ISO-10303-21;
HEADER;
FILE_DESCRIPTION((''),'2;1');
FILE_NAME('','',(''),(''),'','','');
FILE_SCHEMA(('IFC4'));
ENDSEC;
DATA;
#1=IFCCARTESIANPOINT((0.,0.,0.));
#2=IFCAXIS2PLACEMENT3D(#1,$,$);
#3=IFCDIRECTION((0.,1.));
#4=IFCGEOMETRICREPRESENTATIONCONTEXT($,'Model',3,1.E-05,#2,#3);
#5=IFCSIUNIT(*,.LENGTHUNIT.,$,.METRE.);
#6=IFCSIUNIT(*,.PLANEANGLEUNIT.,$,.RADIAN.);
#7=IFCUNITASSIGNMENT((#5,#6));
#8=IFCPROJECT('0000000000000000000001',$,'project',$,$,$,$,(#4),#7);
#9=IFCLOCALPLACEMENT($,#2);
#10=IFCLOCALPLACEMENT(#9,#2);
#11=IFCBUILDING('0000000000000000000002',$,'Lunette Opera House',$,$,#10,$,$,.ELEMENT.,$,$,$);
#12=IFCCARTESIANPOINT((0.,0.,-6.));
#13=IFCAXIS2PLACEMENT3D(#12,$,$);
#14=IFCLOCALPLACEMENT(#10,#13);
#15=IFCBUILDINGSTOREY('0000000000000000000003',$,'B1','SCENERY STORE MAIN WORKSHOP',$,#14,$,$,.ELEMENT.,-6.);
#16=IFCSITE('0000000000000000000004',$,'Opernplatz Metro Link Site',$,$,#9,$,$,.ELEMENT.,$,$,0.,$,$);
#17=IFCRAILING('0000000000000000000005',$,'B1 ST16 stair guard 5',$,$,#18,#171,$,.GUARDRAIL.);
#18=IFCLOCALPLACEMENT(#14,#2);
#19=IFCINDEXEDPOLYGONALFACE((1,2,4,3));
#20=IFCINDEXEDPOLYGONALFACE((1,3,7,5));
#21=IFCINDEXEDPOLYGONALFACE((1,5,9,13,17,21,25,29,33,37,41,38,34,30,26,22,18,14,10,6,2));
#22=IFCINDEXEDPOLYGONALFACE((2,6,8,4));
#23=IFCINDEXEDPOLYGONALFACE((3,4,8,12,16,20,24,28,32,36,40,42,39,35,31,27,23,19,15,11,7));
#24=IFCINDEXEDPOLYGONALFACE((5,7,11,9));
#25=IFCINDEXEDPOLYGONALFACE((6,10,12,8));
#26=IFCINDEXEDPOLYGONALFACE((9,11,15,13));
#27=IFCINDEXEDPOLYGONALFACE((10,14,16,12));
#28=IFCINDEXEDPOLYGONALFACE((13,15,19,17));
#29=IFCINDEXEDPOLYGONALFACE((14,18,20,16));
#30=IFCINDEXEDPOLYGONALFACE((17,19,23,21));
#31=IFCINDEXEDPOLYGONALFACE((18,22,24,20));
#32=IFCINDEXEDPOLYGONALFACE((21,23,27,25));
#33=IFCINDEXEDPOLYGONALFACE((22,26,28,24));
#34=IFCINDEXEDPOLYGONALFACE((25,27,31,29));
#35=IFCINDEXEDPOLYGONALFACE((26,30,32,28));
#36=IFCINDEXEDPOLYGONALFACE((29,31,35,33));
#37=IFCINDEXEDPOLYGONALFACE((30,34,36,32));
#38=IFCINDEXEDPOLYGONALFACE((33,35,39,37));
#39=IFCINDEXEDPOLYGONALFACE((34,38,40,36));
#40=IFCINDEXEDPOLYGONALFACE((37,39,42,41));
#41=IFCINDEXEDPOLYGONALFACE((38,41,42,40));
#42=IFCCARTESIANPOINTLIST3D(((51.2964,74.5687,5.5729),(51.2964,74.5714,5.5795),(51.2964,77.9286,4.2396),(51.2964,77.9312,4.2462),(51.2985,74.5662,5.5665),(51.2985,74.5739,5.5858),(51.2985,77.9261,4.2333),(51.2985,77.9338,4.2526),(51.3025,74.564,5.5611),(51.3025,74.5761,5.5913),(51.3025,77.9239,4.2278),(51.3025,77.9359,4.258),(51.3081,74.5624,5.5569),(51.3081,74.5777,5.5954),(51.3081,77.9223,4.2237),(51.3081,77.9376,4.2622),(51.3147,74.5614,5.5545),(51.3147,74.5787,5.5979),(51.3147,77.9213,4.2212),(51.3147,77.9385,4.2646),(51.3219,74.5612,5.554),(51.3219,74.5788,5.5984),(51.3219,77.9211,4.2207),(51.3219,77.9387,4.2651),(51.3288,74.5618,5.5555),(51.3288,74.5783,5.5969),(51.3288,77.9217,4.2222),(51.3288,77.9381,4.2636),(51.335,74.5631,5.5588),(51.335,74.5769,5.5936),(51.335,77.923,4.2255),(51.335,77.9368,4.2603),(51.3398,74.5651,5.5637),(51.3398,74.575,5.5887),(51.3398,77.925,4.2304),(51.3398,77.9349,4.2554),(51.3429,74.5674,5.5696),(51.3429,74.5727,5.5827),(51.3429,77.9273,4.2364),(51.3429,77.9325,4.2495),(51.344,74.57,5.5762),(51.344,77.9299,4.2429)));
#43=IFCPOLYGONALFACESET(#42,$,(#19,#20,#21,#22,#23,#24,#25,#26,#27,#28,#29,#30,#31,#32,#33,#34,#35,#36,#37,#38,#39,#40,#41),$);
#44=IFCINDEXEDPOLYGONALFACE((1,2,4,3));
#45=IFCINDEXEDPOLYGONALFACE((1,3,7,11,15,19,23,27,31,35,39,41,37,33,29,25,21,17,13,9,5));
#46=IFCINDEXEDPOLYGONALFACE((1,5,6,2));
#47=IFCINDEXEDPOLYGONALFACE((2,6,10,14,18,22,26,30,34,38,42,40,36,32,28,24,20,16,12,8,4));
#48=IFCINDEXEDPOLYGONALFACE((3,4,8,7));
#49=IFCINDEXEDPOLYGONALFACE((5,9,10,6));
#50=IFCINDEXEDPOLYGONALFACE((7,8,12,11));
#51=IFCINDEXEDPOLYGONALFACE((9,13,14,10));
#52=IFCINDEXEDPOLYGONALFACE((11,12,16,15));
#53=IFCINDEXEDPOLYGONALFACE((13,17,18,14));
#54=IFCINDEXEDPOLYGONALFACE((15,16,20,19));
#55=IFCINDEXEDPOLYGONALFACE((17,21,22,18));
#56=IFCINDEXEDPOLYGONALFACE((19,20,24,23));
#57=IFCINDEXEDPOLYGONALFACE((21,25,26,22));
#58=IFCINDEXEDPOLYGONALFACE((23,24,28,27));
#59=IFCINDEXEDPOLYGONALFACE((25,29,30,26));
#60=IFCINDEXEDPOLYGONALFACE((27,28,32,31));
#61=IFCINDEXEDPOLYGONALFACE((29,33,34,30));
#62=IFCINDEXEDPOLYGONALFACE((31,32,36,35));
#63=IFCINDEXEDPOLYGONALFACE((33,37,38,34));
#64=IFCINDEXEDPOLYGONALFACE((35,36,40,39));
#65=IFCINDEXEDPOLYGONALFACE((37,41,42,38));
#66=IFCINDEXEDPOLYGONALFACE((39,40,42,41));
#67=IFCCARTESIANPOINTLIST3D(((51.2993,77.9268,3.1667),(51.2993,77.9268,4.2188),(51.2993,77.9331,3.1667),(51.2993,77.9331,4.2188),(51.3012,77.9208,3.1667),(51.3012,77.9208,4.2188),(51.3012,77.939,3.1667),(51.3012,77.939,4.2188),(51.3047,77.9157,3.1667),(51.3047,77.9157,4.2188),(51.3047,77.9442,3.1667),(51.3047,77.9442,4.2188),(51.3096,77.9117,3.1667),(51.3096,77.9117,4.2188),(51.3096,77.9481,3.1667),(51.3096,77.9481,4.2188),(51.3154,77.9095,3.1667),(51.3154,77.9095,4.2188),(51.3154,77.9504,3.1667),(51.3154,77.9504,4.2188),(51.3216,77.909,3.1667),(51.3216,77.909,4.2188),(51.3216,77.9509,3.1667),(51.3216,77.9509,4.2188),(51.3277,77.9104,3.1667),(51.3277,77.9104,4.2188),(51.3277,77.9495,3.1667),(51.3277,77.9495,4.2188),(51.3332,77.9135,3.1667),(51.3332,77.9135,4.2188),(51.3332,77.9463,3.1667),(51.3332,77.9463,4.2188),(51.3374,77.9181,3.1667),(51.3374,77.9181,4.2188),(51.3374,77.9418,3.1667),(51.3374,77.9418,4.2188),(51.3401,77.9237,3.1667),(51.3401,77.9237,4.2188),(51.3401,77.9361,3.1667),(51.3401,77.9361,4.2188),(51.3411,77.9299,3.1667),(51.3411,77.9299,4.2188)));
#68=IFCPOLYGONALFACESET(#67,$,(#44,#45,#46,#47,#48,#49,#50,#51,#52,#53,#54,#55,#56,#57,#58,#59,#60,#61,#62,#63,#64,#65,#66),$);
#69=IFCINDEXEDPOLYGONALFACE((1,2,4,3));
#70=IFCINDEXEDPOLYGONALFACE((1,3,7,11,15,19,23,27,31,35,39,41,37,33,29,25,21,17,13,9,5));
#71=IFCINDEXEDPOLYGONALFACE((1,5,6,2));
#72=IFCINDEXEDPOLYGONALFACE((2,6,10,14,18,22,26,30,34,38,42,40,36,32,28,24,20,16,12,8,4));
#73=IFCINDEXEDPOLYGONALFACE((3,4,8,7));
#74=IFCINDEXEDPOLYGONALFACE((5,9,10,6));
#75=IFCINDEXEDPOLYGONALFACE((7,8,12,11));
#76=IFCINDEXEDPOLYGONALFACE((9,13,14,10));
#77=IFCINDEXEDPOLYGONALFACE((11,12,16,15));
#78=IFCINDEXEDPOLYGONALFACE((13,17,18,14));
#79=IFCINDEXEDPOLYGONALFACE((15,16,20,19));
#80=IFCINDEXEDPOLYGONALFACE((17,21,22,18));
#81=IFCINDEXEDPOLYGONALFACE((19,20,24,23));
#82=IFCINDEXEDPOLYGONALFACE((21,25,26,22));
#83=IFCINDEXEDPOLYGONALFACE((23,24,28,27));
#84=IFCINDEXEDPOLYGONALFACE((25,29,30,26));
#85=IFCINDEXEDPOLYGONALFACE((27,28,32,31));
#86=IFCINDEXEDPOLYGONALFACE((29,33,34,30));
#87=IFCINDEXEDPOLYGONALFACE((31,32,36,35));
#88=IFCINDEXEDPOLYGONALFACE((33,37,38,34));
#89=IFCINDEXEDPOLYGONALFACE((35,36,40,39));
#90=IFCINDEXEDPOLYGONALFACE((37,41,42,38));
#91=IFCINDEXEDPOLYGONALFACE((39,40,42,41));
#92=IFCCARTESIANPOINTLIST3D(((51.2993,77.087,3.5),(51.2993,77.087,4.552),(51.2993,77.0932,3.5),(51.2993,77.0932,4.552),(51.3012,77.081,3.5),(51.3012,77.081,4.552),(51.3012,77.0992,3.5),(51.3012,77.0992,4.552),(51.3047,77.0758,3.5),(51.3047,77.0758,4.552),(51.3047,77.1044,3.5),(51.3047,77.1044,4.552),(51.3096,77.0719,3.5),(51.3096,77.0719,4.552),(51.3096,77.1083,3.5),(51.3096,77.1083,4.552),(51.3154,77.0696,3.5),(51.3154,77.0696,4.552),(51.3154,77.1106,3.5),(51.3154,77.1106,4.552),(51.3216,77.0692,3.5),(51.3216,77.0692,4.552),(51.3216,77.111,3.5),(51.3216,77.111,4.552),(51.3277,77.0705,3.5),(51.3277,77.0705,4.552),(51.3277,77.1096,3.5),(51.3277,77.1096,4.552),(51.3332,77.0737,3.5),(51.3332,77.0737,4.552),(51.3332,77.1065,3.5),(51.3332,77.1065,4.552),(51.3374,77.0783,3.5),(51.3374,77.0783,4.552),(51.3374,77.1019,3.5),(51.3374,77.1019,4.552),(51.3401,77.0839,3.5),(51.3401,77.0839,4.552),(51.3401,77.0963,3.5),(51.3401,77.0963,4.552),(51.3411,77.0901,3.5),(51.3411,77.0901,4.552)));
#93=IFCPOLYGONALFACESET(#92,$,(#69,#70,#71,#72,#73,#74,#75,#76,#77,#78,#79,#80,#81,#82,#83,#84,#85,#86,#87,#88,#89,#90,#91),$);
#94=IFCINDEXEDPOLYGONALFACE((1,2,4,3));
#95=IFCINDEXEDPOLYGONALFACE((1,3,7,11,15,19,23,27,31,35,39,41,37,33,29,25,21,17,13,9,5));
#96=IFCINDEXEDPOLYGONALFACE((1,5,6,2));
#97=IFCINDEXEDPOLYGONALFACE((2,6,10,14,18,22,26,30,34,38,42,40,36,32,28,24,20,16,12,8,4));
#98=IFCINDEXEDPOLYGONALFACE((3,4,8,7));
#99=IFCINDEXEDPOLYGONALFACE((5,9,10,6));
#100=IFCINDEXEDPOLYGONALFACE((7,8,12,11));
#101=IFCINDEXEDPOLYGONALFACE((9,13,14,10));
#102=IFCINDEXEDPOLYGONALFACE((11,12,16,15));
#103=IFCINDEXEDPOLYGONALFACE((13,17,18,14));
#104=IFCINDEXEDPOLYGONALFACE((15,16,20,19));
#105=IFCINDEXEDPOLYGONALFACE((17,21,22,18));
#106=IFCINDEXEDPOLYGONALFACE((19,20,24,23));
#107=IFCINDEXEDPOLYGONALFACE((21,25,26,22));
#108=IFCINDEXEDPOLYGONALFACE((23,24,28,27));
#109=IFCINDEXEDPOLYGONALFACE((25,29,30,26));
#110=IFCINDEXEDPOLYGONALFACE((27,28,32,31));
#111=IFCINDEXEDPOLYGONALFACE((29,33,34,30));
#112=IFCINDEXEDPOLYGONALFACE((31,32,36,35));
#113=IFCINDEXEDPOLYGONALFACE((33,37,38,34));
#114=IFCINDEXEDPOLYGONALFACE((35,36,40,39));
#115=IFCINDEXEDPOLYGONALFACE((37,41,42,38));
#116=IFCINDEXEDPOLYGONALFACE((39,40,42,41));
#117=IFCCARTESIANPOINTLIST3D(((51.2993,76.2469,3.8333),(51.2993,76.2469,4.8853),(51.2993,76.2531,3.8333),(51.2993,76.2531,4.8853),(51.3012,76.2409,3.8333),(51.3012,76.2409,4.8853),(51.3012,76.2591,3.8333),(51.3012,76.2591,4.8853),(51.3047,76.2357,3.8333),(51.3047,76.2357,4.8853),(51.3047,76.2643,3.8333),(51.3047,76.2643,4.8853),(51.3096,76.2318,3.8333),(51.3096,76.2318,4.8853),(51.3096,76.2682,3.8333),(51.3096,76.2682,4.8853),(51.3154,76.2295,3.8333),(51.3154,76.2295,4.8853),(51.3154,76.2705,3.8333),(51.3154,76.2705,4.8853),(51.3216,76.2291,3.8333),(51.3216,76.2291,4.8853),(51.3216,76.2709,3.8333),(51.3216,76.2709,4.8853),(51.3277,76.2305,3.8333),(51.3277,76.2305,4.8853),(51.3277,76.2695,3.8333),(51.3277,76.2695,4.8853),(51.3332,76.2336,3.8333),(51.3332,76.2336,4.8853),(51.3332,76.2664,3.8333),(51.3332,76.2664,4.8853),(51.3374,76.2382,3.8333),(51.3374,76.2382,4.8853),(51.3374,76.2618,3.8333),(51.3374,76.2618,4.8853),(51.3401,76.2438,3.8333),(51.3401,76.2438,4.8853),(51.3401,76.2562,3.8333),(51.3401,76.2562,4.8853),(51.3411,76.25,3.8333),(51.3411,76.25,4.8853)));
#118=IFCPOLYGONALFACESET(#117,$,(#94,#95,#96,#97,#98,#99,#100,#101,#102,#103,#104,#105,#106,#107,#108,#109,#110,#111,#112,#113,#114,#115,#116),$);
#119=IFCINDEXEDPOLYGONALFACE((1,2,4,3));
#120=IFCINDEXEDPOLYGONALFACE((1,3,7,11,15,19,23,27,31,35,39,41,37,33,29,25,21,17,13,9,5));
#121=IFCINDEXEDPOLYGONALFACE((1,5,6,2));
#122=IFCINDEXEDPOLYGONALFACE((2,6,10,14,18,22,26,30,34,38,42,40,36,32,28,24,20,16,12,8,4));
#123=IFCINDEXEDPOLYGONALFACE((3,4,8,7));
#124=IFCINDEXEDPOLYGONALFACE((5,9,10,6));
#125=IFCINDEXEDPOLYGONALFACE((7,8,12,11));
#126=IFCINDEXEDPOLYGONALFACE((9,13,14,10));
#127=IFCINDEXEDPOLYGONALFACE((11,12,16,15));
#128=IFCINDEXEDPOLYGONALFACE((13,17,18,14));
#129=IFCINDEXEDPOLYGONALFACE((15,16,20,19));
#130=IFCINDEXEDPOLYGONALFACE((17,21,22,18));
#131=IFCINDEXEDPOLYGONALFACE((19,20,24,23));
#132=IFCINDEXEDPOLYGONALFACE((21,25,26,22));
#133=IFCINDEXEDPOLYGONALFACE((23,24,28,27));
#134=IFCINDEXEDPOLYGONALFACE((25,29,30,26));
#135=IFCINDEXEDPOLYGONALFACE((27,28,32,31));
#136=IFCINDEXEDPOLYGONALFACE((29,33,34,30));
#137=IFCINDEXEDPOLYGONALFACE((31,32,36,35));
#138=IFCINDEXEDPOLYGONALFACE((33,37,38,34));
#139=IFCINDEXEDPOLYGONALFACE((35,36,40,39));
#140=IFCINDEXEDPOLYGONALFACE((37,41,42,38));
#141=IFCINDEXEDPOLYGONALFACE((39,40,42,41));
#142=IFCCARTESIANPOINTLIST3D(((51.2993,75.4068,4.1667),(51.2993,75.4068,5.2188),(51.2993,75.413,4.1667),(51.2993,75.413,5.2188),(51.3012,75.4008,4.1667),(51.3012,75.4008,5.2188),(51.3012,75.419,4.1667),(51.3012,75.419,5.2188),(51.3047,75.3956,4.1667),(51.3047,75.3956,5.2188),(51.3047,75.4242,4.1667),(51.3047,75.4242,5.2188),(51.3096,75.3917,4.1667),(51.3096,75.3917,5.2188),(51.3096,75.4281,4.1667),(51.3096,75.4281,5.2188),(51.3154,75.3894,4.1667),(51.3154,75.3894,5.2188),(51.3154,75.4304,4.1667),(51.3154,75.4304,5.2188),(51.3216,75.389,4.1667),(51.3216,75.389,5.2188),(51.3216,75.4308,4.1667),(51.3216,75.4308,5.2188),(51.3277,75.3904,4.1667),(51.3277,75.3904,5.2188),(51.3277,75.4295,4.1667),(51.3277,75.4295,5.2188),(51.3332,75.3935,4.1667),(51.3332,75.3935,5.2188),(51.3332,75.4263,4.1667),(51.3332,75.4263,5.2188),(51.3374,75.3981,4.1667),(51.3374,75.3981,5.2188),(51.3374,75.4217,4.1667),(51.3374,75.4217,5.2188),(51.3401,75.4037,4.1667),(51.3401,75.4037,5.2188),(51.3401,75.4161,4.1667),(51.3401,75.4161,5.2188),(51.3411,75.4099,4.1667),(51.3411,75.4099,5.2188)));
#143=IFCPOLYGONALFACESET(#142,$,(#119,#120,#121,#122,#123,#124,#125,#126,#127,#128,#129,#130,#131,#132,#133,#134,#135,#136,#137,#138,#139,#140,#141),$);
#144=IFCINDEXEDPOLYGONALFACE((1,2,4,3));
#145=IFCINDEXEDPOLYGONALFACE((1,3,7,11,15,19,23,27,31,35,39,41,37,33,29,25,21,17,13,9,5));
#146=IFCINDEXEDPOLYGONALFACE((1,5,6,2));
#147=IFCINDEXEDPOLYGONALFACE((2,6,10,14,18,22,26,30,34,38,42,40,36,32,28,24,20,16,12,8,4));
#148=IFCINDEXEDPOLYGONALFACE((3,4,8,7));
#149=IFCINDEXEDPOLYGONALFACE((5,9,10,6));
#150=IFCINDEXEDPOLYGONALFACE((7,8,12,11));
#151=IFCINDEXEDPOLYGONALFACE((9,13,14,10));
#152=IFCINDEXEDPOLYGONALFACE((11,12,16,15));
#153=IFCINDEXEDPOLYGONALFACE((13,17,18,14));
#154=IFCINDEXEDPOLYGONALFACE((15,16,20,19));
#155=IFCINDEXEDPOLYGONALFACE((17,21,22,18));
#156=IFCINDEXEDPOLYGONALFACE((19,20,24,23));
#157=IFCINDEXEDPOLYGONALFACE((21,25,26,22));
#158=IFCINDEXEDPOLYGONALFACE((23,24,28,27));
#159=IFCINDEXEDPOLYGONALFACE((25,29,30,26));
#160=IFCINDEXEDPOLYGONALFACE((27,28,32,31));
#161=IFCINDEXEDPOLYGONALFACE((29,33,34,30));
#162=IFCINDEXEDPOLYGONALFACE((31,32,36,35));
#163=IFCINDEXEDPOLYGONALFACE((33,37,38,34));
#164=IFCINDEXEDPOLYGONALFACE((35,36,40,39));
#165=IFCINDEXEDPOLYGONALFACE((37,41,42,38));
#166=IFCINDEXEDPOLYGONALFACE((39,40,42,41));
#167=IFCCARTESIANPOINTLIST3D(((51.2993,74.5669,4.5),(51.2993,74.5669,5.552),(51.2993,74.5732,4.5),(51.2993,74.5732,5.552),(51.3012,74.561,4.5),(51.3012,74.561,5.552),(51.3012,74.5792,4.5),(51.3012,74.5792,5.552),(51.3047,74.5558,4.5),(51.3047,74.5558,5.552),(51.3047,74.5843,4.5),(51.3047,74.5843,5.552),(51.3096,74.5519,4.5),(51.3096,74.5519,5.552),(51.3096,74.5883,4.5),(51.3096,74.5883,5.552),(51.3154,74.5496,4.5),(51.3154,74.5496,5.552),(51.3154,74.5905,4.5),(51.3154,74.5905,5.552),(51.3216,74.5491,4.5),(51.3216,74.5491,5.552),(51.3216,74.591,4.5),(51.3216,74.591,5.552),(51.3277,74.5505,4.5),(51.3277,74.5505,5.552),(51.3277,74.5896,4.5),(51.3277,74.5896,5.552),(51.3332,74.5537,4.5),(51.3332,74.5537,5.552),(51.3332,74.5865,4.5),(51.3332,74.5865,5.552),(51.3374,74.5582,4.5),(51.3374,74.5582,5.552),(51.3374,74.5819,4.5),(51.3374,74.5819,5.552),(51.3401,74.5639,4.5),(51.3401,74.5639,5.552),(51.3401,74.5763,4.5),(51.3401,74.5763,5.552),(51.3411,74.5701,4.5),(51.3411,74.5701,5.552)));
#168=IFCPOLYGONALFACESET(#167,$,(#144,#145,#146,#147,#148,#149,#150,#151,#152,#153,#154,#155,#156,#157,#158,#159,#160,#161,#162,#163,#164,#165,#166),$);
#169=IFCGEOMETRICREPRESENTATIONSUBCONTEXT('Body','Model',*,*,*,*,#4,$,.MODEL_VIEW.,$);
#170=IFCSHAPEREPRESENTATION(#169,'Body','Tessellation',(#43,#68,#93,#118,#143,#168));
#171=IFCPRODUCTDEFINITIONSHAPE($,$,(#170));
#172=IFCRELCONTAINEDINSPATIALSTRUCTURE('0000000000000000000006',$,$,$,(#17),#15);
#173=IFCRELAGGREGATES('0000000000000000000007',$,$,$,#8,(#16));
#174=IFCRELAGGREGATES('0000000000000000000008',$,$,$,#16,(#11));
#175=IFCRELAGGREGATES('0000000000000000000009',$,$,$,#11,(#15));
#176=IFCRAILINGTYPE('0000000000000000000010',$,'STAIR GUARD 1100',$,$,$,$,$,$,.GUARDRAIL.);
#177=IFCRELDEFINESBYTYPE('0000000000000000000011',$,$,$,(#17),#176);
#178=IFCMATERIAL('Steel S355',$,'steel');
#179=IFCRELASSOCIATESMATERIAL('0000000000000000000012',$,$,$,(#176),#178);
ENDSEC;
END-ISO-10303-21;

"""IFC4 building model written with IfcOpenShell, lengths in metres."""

from ifc_helpers import new_model, si_unit, direction, frame, origin, origin_2d, place, context, subcontext, project, spatial, circle, extrude, material, type_object, element, save


model = new_model("IFC4")

# Units and contexts
model_context = context("Model", 3, precision=1e-05, world=origin(), true_north=direction((0.0, 1.0)))
body_context = subcontext(model_context, "Body", "Model", "MODEL_VIEW")
ifc_project = project(units=[si_unit("LENGTHUNIT", "METRE"), si_unit("PLANEANGLEUNIT", "RADIAN")], contexts=[model_context])

# Site, building, storey
site_placement = place(None, origin())
site = spatial("IfcSite", under=ifc_project, at=site_placement, Name="Opernplatz Metro Link Site", CompositionType="ELEMENT", RefElevation=0.0)
building_placement = place(site_placement, origin())
building = spatial("IfcBuilding", under=site, at=building_placement, Name="Lunette Opera House", CompositionType="ELEMENT")
storey_placement = place(building_placement, frame((0.0, 0.0, -6.0)))
storey = spatial("IfcBuildingStorey", under=building, at=storey_placement, Name="B1", Description="SCENERY STORE MAIN WORKSHOP", CompositionType="ELEMENT", Elevation=-6.0)

# Railing
ifc_material_1 = material(Name="Steel S355", Category="steel")
railing_type_1 = type_object("IfcRailingType", Name="STAIR GUARD 1100", PredefinedType="GUARDRAIL", material=ifc_material_1)
railing_1_placement = place(storey_placement, frame((51.3201, 77.9299, 3.1667)))
element("IfcRailing", 1, at=railing_1_placement, inside=storey, type_object=railing_type_1, Name="B1 ST16 stair guard 5", PredefinedType="GUARDRAIL", context=body_context, shape_type="SweptSolid", body=[
    extrude(circle(Radius=0.0239, at=origin_2d()), frame((0.0, 0.0, 1.0762), z_axis=(0.0, -0.929493, 0.368839), x_axis=(1.0, 0.0, 0.0)), (0.0, 0.0, 1.0), 3.6147),
    extrude(circle(Radius=0.021, at=origin_2d()), origin(), (0.0, 0.0, 1.0), 1.052),
    extrude(circle(Radius=0.021, at=origin_2d()), frame((0.0, -0.8398, 0.3333)), (0.0, 0.0, 1.0), 1.052),
    extrude(circle(Radius=0.021, at=origin_2d()), frame((0.0, -1.6799, 0.6665)), (0.0, 0.0, 1.0), 1.052),
    extrude(circle(Radius=0.021, at=origin_2d()), frame((0.0, -2.52, 1.0)), (0.0, 0.0, 1.0), 1.052),
    extrude(circle(Radius=0.021, at=origin_2d()), frame((0.0, -3.3599, 1.3333)), (0.0, 0.0, 1.0), 1.052),
])

save(model, "model.ifc")
